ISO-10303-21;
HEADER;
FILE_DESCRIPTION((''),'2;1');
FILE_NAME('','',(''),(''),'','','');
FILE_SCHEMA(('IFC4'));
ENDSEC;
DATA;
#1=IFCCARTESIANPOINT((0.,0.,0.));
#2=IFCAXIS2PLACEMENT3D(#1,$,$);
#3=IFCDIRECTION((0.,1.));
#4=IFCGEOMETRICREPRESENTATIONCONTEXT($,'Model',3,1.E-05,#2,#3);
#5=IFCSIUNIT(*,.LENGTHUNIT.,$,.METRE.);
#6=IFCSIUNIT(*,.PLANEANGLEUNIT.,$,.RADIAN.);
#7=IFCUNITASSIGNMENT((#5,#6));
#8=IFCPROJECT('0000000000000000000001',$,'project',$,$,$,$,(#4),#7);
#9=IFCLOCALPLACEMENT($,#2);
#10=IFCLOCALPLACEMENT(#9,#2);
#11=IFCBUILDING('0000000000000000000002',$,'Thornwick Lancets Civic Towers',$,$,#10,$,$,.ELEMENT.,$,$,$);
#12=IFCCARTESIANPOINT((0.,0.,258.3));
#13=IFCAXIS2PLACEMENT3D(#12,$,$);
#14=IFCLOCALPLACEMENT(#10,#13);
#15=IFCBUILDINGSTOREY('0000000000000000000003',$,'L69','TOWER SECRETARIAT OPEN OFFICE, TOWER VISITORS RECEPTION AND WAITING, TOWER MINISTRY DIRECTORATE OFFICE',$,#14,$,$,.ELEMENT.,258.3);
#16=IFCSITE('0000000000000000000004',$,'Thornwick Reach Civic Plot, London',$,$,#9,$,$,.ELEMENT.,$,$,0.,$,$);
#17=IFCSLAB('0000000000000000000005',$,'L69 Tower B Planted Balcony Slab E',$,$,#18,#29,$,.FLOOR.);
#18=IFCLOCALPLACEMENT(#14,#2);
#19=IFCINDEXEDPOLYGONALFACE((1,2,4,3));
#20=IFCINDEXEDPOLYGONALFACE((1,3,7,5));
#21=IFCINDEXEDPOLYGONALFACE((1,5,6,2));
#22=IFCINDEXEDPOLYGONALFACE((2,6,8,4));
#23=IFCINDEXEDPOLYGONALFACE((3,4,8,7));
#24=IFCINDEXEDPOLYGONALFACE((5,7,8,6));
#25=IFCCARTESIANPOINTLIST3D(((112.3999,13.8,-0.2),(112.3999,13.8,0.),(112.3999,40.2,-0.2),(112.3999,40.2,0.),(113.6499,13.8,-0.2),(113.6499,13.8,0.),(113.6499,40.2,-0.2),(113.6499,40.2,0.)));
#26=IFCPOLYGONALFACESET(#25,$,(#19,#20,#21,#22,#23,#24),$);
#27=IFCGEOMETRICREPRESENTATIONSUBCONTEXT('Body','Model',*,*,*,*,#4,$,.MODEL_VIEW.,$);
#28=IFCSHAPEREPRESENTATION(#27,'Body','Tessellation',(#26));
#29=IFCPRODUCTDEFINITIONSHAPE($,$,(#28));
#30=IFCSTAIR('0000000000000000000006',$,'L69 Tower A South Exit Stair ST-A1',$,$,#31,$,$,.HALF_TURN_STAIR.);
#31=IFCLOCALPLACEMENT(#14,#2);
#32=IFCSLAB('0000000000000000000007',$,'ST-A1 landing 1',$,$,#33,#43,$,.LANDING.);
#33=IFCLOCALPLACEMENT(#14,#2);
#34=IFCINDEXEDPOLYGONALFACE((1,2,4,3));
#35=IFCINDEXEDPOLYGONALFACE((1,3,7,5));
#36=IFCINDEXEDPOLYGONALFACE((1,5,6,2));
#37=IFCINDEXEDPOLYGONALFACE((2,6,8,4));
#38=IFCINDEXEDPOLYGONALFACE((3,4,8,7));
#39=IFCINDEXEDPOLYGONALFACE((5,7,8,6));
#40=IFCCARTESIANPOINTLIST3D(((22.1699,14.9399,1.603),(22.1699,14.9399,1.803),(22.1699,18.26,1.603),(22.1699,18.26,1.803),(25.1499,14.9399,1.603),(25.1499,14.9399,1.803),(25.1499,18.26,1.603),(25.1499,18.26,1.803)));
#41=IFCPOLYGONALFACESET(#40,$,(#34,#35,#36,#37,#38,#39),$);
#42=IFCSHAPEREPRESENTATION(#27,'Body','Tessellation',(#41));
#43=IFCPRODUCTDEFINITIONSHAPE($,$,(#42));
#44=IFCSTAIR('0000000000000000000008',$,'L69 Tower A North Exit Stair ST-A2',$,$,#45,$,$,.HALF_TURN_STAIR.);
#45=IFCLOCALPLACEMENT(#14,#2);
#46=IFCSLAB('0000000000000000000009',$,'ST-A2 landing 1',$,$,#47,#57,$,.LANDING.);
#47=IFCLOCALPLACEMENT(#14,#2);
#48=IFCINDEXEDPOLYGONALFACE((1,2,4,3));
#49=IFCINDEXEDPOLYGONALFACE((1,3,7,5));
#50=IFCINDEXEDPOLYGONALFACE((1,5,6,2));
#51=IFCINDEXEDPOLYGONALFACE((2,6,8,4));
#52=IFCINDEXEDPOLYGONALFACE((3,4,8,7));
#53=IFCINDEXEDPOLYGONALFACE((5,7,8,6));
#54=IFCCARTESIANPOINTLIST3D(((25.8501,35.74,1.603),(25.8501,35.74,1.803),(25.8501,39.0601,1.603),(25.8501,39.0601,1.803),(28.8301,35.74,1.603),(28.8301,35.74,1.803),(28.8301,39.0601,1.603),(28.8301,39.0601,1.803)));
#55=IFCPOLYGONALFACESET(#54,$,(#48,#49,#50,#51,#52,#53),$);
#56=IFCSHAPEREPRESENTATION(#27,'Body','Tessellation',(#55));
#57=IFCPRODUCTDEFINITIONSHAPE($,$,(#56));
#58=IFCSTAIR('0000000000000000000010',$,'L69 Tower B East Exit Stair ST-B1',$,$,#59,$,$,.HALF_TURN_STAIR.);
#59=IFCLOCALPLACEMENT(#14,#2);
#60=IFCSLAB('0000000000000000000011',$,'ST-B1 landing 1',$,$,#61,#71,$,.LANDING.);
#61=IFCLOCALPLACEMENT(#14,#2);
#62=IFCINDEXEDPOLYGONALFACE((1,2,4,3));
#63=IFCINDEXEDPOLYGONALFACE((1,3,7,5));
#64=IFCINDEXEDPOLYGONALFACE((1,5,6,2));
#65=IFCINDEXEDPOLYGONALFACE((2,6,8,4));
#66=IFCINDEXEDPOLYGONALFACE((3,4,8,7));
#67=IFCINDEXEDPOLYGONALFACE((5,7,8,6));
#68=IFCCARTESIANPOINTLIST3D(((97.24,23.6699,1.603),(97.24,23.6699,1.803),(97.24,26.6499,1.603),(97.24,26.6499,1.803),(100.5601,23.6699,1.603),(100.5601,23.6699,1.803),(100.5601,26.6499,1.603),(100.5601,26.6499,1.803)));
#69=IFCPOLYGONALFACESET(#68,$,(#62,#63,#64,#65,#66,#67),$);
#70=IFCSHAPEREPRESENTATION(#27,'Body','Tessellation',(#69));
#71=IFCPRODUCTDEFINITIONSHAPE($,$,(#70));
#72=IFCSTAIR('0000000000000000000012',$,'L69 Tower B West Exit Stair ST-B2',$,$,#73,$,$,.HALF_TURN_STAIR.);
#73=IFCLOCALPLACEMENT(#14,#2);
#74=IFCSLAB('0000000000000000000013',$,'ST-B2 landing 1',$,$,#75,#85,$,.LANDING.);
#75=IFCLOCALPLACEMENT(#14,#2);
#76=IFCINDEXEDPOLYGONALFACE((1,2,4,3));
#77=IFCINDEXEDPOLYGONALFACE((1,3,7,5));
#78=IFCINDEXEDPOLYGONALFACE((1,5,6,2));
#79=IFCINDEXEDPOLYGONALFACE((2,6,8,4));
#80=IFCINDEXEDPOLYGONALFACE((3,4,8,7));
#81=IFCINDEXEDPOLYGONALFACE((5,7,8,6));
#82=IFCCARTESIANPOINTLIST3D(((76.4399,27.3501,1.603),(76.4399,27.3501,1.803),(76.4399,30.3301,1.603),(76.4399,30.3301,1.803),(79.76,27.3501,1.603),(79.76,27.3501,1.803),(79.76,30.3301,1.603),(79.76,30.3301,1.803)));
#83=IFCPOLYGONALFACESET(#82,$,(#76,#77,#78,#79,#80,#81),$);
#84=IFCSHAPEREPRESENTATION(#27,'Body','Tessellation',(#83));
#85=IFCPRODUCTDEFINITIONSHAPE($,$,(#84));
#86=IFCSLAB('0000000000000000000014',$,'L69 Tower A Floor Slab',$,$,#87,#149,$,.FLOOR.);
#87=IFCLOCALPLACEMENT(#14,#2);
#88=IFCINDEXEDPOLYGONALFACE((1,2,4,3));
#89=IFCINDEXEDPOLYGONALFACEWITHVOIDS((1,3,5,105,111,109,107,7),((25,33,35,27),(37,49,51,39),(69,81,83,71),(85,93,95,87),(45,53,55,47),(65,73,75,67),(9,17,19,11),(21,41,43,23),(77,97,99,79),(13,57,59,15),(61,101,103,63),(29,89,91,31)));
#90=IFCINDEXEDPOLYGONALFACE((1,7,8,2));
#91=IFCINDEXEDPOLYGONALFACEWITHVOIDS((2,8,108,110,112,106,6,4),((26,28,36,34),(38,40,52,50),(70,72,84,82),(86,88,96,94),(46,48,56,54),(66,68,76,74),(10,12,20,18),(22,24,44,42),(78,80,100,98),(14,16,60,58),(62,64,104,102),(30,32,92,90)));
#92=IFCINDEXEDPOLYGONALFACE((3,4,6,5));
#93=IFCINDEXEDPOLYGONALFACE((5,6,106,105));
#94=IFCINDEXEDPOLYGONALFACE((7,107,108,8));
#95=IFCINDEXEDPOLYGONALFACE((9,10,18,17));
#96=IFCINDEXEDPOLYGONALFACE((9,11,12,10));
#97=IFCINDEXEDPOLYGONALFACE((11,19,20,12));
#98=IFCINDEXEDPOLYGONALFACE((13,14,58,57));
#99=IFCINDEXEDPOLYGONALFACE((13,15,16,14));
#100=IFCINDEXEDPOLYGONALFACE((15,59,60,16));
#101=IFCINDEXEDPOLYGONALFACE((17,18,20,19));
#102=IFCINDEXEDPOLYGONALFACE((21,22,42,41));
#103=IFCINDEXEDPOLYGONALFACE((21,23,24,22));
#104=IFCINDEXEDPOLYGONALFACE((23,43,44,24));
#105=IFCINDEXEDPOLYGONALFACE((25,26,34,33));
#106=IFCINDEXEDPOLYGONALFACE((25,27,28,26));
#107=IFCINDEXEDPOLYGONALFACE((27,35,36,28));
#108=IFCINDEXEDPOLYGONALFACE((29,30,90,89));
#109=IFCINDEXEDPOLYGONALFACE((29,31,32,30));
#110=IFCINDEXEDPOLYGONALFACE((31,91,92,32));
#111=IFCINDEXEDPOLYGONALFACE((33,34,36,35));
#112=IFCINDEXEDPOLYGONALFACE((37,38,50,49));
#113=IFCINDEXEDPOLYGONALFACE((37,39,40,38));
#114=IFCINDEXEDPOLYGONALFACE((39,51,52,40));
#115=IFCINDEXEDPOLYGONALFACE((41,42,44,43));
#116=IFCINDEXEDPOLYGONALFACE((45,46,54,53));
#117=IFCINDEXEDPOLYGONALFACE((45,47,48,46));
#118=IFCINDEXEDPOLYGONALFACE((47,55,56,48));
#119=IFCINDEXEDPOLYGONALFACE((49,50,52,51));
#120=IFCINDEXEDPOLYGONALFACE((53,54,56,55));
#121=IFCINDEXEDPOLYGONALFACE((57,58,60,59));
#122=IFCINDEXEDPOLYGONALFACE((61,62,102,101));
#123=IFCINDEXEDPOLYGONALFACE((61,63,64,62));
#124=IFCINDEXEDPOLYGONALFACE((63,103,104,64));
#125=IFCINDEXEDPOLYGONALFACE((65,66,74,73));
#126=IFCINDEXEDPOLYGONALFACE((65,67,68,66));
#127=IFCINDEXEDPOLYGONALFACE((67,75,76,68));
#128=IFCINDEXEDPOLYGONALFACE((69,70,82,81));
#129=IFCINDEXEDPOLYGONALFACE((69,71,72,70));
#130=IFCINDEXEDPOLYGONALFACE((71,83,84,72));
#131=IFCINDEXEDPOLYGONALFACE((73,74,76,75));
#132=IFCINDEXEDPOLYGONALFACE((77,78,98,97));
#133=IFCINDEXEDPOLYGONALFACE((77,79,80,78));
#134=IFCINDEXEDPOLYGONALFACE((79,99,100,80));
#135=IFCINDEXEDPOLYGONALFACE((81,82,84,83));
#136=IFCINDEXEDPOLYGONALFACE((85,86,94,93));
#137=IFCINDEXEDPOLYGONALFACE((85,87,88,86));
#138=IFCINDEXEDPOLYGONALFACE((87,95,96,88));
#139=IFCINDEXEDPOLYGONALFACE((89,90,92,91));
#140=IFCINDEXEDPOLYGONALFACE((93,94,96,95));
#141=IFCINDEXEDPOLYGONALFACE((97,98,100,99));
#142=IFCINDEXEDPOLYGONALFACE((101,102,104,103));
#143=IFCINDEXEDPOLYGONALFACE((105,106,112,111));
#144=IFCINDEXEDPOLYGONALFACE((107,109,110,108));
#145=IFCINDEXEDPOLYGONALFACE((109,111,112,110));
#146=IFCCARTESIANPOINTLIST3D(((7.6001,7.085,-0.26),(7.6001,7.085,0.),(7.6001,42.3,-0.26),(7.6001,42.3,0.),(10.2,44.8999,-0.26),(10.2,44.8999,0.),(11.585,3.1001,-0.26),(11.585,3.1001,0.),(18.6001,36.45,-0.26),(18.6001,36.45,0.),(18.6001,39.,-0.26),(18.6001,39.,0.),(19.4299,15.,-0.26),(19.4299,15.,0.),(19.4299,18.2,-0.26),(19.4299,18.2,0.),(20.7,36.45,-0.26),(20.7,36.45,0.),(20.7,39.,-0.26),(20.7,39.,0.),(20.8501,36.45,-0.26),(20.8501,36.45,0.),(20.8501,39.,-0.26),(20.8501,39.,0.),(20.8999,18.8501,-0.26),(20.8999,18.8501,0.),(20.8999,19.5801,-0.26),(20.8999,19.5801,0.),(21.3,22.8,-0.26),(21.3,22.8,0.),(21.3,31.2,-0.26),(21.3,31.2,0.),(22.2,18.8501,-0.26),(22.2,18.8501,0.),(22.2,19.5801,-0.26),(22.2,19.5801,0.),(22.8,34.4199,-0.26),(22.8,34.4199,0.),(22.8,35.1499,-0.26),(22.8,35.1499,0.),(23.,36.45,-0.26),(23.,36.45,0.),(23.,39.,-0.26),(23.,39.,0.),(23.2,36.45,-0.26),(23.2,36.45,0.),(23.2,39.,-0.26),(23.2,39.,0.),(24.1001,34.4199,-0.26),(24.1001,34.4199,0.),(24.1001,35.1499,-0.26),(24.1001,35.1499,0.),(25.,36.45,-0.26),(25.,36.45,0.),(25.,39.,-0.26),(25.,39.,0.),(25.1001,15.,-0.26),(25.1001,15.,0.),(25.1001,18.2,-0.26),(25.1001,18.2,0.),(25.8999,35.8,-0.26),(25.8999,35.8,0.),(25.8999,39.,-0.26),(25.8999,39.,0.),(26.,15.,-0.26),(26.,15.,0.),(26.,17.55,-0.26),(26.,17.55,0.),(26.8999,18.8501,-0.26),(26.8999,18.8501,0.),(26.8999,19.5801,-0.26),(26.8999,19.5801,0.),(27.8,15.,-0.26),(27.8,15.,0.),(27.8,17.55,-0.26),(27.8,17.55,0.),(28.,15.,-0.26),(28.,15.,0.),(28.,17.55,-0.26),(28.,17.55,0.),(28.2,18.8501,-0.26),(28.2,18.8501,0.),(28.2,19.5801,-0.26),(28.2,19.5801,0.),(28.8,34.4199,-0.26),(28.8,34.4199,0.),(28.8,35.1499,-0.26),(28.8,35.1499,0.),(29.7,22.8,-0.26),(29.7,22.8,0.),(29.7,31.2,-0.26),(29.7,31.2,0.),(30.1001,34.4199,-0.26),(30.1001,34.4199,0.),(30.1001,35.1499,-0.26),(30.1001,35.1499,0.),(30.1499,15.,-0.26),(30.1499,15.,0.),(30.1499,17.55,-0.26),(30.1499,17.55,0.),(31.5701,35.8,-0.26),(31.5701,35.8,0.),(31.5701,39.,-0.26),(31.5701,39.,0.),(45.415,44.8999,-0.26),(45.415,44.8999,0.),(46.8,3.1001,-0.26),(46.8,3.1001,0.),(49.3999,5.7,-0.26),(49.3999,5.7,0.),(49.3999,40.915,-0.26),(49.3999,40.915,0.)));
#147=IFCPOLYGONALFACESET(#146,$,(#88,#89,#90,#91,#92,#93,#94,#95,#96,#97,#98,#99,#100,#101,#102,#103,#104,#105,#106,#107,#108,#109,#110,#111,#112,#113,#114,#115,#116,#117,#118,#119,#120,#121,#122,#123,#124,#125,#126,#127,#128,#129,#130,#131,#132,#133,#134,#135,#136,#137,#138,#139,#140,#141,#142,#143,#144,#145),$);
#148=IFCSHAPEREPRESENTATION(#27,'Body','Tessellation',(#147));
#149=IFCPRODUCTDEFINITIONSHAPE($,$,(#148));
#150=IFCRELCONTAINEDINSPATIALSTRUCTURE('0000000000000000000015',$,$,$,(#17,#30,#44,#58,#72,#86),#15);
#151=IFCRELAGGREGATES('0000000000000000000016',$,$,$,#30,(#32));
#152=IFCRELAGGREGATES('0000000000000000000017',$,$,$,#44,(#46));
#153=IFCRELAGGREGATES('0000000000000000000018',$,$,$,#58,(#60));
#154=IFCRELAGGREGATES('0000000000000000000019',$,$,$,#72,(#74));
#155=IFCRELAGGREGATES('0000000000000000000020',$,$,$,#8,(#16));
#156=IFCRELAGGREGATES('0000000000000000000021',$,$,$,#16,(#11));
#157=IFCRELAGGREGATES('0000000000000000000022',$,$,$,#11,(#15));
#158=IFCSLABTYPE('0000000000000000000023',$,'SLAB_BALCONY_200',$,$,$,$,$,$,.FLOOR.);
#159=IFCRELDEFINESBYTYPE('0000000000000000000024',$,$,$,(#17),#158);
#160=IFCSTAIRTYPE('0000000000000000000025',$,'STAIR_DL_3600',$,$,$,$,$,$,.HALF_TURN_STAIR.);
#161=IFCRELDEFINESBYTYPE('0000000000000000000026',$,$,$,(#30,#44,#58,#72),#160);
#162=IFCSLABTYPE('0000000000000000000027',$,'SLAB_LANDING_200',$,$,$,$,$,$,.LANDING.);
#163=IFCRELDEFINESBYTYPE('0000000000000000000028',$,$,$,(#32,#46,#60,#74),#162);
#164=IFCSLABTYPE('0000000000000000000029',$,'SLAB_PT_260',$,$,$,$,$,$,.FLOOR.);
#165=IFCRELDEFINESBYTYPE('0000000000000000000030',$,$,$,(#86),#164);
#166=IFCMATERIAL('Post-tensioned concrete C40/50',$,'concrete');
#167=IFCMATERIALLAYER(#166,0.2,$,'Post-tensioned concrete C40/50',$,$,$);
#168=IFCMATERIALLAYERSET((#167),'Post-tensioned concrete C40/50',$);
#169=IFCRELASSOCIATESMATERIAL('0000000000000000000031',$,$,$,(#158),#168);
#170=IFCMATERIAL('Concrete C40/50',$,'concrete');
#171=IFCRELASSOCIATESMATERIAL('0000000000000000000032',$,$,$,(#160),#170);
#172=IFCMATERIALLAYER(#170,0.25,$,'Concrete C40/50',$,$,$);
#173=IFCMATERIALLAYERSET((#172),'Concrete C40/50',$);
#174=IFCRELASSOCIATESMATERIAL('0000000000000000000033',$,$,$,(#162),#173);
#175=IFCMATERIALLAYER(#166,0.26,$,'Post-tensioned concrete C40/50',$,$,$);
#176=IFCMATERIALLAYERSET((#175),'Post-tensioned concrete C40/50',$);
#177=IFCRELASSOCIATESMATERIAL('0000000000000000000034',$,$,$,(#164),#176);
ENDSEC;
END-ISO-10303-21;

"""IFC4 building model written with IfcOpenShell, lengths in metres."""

from ifc_helpers import new_model, si_unit, direction, frame, origin, place, context, subcontext, project, spatial, polyline, outline, extrude, material, layer, layer_set, type_object, element, aggregate, save


model = new_model("IFC4")

# Units and contexts
model_context = context("Model", 3, precision=1e-05, world=origin(), true_north=direction((0.0, 1.0)))
body_context = subcontext(model_context, "Body", "Model", "MODEL_VIEW")
ifc_project = project(units=[si_unit("LENGTHUNIT", "METRE"), si_unit("PLANEANGLEUNIT", "RADIAN")], contexts=[model_context])

# Site, building, storey
site_placement = place(None, origin())
site = spatial("IfcSite", under=ifc_project, at=site_placement, Name="Thornwick Reach Civic Plot, London", CompositionType="ELEMENT", RefElevation=0.0)
building_placement = place(site_placement, origin())
building = spatial("IfcBuilding", under=site, at=building_placement, Name="Thornwick Lancets Civic Towers", CompositionType="ELEMENT")
storey_placement = place(building_placement, frame((0.0, 0.0, 258.3)))
storey = spatial("IfcBuildingStorey", under=building, at=storey_placement, Name="L69", Description="TOWER SECRETARIAT OPEN OFFICE, TOWER VISITORS RECEPTION AND WAITING, TOWER MINISTRY DIRECTORATE OFFICE", CompositionType="ELEMENT", Elevation=258.3)

# Slab
ifc_material_1 = material(Name="Post-tensioned concrete C40/50", Category="concrete")
ifc_layer_1 = layer(ifc_material_1, 0.2, Name="Post-tensioned concrete C40/50")
ifc_layer_set_1 = layer_set([ifc_layer_1], Name="Post-tensioned concrete C40/50")
slab_type_1 = type_object("IfcSlabType", Name="SLAB_BALCONY_200", PredefinedType="FLOOR", material=ifc_layer_set_1)
slab_1_placement = place(storey_placement, frame((0.0, 0.0, -0.2)))
element("IfcSlab", 1, at=slab_1_placement, inside=storey, type_object=slab_type_1, Name="L69 Tower B Planted Balcony Slab E", PredefinedType="FLOOR", context=body_context, shape_type="SweptSolid", body=[
    extrude(outline(polyline([(112.3999, 13.8), (113.6499, 13.8), (113.6499, 40.2), (112.3999, 40.2), (112.3999, 13.8)])), origin(), (0.0, 0.0, 1.0), 0.2),
])

# Stairs, slabs
ifc_material_2 = material(Name="Concrete C40/50", Category="concrete")
stair_type = type_object("IfcStairType", Name="STAIR_DL_3600", PredefinedType="HALF_TURN_STAIR", material=ifc_material_2)
stair_1_placement = place(storey_placement, origin())
stair_1 = element("IfcStair", 2, at=stair_1_placement, inside=storey, type_object=stair_type, Name="L69 Tower A South Exit Stair ST-A1", PredefinedType="HALF_TURN_STAIR")
ifc_layer_2 = layer(ifc_material_2, 0.25, Name="Concrete C40/50")
ifc_layer_set_2 = layer_set([ifc_layer_2], Name="Concrete C40/50")
slab_type_2 = type_object("IfcSlabType", Name="SLAB_LANDING_200", PredefinedType="LANDING", material=ifc_layer_set_2)
slab_2_placement = place(storey_placement, frame((0.0, 0.0, 1.603)))
slab_2 = element("IfcSlab", 3, at=slab_2_placement, type_object=slab_type_2, Name="ST-A1 landing 1", PredefinedType="LANDING", context=body_context, shape_type="SweptSolid", body=[
    extrude(outline(polyline([(22.1699, 14.9399), (25.1499, 14.9399), (25.1499, 18.26), (22.1699, 18.26), (22.1699, 14.9399)])), origin(), (0.0, 0.0, 1.0), 0.2),
])
aggregate(stair_1, [slab_2])
stair_2_placement = place(storey_placement, origin())
stair_2 = element("IfcStair", 4, at=stair_2_placement, inside=storey, type_object=stair_type, Name="L69 Tower A North Exit Stair ST-A2", PredefinedType="HALF_TURN_STAIR")
slab_3_placement = place(storey_placement, frame((0.0, 0.0, 1.603)))
slab_3 = element("IfcSlab", 5, at=slab_3_placement, type_object=slab_type_2, Name="ST-A2 landing 1", PredefinedType="LANDING", context=body_context, shape_type="SweptSolid", body=[
    extrude(outline(polyline([(28.8301, 39.0601), (25.8501, 39.0601), (25.8501, 35.74), (28.8301, 35.74), (28.8301, 39.0601)])), origin(), (0.0, 0.0, 1.0), 0.2),
])
aggregate(stair_2, [slab_3])
stair_3_placement = place(storey_placement, origin())
stair_3 = element("IfcStair", 6, at=stair_3_placement, inside=storey, type_object=stair_type, Name="L69 Tower B East Exit Stair ST-B1", PredefinedType="HALF_TURN_STAIR")
slab_4_placement = place(storey_placement, frame((0.0, 0.0, 1.603)))
slab_4 = element("IfcSlab", 7, at=slab_4_placement, type_object=slab_type_2, Name="ST-B1 landing 1", PredefinedType="LANDING", context=body_context, shape_type="SweptSolid", body=[
    extrude(outline(polyline([(100.5601, 23.6699), (100.5601, 26.6499), (97.24, 26.6499), (97.24, 23.6699), (100.5601, 23.6699)])), origin(), (0.0, 0.0, 1.0), 0.2),
])
aggregate(stair_3, [slab_4])
stair_4_placement = place(storey_placement, origin())
stair_4 = element("IfcStair", 8, at=stair_4_placement, inside=storey, type_object=stair_type, Name="L69 Tower B West Exit Stair ST-B2", PredefinedType="HALF_TURN_STAIR")
slab_5_placement = place(storey_placement, frame((0.0, 0.0, 1.603)))
slab_5 = element("IfcSlab", 9, at=slab_5_placement, type_object=slab_type_2, Name="ST-B2 landing 1", PredefinedType="LANDING", context=body_context, shape_type="SweptSolid", body=[
    extrude(outline(polyline([(76.4399, 30.3301), (76.4399, 27.3501), (79.76, 27.3501), (79.76, 30.3301), (76.4399, 30.3301)])), origin(), (0.0, 0.0, 1.0), 0.2),
])
aggregate(stair_4, [slab_5])

# Slab
ifc_layer_3 = layer(ifc_material_1, 0.26, Name="Post-tensioned concrete C40/50")
ifc_layer_set_3 = layer_set([ifc_layer_3], Name="Post-tensioned concrete C40/50")
slab_type_3 = type_object("IfcSlabType", Name="SLAB_PT_260", PredefinedType="FLOOR", material=ifc_layer_set_3)
slab_6_placement = place(storey_placement, frame((0.0, 0.0, -0.26)))
element("IfcSlab", 10, at=slab_6_placement, inside=storey, type_object=slab_type_3, Name="L69 Tower A Floor Slab", PredefinedType="FLOOR", context=body_context, shape_type="SweptSolid", body=[
    extrude(outline(polyline([(11.585, 3.1001), (46.8, 3.1001), (49.3999, 5.7), (49.3999, 40.915), (45.415, 44.8999), (10.2, 44.8999), (7.6001, 42.3), (7.6001, 7.085), (11.585, 3.1001)]), holes=[polyline([(21.3, 22.8), (29.7, 22.8), (29.7, 31.2), (21.3, 31.2), (21.3, 22.8)]), polyline([(19.4299, 15.0), (25.1001, 15.0), (25.1001, 18.2), (19.4299, 18.2), (19.4299, 15.0)]), polyline([(31.5701, 39.0), (25.8999, 39.0), (25.8999, 35.8), (31.5701, 35.8), (31.5701, 39.0)]), polyline([(26.0, 15.0), (27.8, 15.0), (27.8, 17.55), (26.0, 17.55), (26.0, 15.0)]), polyline([(28.0, 15.0), (30.1499, 15.0), (30.1499, 17.55), (28.0, 17.55), (28.0, 15.0)]), polyline([(23.2, 36.45), (25.0, 36.45), (25.0, 39.0), (23.2, 39.0), (23.2, 36.45)]), polyline([(20.8501, 36.45), (23.0, 36.45), (23.0, 39.0), (20.8501, 39.0), (20.8501, 36.45)]), polyline([(18.6001, 36.45), (20.7, 36.45), (20.7, 39.0), (18.6001, 39.0), (18.6001, 36.45)]), polyline([(26.8999, 18.8501), (28.2, 18.8501), (28.2, 19.5801), (26.8999, 19.5801), (26.8999, 18.8501)]), polyline([(20.8999, 18.8501), (22.2, 18.8501), (22.2, 19.5801), (20.8999, 19.5801), (20.8999, 18.8501)]), polyline([(22.8, 34.4199), (24.1001, 34.4199), (24.1001, 35.1499), (22.8, 35.1499), (22.8, 34.4199)]), polyline([(28.8, 34.4199), (30.1001, 34.4199), (30.1001, 35.1499), (28.8, 35.1499), (28.8, 34.4199)])]), origin(), (0.0, 0.0, 1.0), 0.26),
])

save(model, "model.ifc")
